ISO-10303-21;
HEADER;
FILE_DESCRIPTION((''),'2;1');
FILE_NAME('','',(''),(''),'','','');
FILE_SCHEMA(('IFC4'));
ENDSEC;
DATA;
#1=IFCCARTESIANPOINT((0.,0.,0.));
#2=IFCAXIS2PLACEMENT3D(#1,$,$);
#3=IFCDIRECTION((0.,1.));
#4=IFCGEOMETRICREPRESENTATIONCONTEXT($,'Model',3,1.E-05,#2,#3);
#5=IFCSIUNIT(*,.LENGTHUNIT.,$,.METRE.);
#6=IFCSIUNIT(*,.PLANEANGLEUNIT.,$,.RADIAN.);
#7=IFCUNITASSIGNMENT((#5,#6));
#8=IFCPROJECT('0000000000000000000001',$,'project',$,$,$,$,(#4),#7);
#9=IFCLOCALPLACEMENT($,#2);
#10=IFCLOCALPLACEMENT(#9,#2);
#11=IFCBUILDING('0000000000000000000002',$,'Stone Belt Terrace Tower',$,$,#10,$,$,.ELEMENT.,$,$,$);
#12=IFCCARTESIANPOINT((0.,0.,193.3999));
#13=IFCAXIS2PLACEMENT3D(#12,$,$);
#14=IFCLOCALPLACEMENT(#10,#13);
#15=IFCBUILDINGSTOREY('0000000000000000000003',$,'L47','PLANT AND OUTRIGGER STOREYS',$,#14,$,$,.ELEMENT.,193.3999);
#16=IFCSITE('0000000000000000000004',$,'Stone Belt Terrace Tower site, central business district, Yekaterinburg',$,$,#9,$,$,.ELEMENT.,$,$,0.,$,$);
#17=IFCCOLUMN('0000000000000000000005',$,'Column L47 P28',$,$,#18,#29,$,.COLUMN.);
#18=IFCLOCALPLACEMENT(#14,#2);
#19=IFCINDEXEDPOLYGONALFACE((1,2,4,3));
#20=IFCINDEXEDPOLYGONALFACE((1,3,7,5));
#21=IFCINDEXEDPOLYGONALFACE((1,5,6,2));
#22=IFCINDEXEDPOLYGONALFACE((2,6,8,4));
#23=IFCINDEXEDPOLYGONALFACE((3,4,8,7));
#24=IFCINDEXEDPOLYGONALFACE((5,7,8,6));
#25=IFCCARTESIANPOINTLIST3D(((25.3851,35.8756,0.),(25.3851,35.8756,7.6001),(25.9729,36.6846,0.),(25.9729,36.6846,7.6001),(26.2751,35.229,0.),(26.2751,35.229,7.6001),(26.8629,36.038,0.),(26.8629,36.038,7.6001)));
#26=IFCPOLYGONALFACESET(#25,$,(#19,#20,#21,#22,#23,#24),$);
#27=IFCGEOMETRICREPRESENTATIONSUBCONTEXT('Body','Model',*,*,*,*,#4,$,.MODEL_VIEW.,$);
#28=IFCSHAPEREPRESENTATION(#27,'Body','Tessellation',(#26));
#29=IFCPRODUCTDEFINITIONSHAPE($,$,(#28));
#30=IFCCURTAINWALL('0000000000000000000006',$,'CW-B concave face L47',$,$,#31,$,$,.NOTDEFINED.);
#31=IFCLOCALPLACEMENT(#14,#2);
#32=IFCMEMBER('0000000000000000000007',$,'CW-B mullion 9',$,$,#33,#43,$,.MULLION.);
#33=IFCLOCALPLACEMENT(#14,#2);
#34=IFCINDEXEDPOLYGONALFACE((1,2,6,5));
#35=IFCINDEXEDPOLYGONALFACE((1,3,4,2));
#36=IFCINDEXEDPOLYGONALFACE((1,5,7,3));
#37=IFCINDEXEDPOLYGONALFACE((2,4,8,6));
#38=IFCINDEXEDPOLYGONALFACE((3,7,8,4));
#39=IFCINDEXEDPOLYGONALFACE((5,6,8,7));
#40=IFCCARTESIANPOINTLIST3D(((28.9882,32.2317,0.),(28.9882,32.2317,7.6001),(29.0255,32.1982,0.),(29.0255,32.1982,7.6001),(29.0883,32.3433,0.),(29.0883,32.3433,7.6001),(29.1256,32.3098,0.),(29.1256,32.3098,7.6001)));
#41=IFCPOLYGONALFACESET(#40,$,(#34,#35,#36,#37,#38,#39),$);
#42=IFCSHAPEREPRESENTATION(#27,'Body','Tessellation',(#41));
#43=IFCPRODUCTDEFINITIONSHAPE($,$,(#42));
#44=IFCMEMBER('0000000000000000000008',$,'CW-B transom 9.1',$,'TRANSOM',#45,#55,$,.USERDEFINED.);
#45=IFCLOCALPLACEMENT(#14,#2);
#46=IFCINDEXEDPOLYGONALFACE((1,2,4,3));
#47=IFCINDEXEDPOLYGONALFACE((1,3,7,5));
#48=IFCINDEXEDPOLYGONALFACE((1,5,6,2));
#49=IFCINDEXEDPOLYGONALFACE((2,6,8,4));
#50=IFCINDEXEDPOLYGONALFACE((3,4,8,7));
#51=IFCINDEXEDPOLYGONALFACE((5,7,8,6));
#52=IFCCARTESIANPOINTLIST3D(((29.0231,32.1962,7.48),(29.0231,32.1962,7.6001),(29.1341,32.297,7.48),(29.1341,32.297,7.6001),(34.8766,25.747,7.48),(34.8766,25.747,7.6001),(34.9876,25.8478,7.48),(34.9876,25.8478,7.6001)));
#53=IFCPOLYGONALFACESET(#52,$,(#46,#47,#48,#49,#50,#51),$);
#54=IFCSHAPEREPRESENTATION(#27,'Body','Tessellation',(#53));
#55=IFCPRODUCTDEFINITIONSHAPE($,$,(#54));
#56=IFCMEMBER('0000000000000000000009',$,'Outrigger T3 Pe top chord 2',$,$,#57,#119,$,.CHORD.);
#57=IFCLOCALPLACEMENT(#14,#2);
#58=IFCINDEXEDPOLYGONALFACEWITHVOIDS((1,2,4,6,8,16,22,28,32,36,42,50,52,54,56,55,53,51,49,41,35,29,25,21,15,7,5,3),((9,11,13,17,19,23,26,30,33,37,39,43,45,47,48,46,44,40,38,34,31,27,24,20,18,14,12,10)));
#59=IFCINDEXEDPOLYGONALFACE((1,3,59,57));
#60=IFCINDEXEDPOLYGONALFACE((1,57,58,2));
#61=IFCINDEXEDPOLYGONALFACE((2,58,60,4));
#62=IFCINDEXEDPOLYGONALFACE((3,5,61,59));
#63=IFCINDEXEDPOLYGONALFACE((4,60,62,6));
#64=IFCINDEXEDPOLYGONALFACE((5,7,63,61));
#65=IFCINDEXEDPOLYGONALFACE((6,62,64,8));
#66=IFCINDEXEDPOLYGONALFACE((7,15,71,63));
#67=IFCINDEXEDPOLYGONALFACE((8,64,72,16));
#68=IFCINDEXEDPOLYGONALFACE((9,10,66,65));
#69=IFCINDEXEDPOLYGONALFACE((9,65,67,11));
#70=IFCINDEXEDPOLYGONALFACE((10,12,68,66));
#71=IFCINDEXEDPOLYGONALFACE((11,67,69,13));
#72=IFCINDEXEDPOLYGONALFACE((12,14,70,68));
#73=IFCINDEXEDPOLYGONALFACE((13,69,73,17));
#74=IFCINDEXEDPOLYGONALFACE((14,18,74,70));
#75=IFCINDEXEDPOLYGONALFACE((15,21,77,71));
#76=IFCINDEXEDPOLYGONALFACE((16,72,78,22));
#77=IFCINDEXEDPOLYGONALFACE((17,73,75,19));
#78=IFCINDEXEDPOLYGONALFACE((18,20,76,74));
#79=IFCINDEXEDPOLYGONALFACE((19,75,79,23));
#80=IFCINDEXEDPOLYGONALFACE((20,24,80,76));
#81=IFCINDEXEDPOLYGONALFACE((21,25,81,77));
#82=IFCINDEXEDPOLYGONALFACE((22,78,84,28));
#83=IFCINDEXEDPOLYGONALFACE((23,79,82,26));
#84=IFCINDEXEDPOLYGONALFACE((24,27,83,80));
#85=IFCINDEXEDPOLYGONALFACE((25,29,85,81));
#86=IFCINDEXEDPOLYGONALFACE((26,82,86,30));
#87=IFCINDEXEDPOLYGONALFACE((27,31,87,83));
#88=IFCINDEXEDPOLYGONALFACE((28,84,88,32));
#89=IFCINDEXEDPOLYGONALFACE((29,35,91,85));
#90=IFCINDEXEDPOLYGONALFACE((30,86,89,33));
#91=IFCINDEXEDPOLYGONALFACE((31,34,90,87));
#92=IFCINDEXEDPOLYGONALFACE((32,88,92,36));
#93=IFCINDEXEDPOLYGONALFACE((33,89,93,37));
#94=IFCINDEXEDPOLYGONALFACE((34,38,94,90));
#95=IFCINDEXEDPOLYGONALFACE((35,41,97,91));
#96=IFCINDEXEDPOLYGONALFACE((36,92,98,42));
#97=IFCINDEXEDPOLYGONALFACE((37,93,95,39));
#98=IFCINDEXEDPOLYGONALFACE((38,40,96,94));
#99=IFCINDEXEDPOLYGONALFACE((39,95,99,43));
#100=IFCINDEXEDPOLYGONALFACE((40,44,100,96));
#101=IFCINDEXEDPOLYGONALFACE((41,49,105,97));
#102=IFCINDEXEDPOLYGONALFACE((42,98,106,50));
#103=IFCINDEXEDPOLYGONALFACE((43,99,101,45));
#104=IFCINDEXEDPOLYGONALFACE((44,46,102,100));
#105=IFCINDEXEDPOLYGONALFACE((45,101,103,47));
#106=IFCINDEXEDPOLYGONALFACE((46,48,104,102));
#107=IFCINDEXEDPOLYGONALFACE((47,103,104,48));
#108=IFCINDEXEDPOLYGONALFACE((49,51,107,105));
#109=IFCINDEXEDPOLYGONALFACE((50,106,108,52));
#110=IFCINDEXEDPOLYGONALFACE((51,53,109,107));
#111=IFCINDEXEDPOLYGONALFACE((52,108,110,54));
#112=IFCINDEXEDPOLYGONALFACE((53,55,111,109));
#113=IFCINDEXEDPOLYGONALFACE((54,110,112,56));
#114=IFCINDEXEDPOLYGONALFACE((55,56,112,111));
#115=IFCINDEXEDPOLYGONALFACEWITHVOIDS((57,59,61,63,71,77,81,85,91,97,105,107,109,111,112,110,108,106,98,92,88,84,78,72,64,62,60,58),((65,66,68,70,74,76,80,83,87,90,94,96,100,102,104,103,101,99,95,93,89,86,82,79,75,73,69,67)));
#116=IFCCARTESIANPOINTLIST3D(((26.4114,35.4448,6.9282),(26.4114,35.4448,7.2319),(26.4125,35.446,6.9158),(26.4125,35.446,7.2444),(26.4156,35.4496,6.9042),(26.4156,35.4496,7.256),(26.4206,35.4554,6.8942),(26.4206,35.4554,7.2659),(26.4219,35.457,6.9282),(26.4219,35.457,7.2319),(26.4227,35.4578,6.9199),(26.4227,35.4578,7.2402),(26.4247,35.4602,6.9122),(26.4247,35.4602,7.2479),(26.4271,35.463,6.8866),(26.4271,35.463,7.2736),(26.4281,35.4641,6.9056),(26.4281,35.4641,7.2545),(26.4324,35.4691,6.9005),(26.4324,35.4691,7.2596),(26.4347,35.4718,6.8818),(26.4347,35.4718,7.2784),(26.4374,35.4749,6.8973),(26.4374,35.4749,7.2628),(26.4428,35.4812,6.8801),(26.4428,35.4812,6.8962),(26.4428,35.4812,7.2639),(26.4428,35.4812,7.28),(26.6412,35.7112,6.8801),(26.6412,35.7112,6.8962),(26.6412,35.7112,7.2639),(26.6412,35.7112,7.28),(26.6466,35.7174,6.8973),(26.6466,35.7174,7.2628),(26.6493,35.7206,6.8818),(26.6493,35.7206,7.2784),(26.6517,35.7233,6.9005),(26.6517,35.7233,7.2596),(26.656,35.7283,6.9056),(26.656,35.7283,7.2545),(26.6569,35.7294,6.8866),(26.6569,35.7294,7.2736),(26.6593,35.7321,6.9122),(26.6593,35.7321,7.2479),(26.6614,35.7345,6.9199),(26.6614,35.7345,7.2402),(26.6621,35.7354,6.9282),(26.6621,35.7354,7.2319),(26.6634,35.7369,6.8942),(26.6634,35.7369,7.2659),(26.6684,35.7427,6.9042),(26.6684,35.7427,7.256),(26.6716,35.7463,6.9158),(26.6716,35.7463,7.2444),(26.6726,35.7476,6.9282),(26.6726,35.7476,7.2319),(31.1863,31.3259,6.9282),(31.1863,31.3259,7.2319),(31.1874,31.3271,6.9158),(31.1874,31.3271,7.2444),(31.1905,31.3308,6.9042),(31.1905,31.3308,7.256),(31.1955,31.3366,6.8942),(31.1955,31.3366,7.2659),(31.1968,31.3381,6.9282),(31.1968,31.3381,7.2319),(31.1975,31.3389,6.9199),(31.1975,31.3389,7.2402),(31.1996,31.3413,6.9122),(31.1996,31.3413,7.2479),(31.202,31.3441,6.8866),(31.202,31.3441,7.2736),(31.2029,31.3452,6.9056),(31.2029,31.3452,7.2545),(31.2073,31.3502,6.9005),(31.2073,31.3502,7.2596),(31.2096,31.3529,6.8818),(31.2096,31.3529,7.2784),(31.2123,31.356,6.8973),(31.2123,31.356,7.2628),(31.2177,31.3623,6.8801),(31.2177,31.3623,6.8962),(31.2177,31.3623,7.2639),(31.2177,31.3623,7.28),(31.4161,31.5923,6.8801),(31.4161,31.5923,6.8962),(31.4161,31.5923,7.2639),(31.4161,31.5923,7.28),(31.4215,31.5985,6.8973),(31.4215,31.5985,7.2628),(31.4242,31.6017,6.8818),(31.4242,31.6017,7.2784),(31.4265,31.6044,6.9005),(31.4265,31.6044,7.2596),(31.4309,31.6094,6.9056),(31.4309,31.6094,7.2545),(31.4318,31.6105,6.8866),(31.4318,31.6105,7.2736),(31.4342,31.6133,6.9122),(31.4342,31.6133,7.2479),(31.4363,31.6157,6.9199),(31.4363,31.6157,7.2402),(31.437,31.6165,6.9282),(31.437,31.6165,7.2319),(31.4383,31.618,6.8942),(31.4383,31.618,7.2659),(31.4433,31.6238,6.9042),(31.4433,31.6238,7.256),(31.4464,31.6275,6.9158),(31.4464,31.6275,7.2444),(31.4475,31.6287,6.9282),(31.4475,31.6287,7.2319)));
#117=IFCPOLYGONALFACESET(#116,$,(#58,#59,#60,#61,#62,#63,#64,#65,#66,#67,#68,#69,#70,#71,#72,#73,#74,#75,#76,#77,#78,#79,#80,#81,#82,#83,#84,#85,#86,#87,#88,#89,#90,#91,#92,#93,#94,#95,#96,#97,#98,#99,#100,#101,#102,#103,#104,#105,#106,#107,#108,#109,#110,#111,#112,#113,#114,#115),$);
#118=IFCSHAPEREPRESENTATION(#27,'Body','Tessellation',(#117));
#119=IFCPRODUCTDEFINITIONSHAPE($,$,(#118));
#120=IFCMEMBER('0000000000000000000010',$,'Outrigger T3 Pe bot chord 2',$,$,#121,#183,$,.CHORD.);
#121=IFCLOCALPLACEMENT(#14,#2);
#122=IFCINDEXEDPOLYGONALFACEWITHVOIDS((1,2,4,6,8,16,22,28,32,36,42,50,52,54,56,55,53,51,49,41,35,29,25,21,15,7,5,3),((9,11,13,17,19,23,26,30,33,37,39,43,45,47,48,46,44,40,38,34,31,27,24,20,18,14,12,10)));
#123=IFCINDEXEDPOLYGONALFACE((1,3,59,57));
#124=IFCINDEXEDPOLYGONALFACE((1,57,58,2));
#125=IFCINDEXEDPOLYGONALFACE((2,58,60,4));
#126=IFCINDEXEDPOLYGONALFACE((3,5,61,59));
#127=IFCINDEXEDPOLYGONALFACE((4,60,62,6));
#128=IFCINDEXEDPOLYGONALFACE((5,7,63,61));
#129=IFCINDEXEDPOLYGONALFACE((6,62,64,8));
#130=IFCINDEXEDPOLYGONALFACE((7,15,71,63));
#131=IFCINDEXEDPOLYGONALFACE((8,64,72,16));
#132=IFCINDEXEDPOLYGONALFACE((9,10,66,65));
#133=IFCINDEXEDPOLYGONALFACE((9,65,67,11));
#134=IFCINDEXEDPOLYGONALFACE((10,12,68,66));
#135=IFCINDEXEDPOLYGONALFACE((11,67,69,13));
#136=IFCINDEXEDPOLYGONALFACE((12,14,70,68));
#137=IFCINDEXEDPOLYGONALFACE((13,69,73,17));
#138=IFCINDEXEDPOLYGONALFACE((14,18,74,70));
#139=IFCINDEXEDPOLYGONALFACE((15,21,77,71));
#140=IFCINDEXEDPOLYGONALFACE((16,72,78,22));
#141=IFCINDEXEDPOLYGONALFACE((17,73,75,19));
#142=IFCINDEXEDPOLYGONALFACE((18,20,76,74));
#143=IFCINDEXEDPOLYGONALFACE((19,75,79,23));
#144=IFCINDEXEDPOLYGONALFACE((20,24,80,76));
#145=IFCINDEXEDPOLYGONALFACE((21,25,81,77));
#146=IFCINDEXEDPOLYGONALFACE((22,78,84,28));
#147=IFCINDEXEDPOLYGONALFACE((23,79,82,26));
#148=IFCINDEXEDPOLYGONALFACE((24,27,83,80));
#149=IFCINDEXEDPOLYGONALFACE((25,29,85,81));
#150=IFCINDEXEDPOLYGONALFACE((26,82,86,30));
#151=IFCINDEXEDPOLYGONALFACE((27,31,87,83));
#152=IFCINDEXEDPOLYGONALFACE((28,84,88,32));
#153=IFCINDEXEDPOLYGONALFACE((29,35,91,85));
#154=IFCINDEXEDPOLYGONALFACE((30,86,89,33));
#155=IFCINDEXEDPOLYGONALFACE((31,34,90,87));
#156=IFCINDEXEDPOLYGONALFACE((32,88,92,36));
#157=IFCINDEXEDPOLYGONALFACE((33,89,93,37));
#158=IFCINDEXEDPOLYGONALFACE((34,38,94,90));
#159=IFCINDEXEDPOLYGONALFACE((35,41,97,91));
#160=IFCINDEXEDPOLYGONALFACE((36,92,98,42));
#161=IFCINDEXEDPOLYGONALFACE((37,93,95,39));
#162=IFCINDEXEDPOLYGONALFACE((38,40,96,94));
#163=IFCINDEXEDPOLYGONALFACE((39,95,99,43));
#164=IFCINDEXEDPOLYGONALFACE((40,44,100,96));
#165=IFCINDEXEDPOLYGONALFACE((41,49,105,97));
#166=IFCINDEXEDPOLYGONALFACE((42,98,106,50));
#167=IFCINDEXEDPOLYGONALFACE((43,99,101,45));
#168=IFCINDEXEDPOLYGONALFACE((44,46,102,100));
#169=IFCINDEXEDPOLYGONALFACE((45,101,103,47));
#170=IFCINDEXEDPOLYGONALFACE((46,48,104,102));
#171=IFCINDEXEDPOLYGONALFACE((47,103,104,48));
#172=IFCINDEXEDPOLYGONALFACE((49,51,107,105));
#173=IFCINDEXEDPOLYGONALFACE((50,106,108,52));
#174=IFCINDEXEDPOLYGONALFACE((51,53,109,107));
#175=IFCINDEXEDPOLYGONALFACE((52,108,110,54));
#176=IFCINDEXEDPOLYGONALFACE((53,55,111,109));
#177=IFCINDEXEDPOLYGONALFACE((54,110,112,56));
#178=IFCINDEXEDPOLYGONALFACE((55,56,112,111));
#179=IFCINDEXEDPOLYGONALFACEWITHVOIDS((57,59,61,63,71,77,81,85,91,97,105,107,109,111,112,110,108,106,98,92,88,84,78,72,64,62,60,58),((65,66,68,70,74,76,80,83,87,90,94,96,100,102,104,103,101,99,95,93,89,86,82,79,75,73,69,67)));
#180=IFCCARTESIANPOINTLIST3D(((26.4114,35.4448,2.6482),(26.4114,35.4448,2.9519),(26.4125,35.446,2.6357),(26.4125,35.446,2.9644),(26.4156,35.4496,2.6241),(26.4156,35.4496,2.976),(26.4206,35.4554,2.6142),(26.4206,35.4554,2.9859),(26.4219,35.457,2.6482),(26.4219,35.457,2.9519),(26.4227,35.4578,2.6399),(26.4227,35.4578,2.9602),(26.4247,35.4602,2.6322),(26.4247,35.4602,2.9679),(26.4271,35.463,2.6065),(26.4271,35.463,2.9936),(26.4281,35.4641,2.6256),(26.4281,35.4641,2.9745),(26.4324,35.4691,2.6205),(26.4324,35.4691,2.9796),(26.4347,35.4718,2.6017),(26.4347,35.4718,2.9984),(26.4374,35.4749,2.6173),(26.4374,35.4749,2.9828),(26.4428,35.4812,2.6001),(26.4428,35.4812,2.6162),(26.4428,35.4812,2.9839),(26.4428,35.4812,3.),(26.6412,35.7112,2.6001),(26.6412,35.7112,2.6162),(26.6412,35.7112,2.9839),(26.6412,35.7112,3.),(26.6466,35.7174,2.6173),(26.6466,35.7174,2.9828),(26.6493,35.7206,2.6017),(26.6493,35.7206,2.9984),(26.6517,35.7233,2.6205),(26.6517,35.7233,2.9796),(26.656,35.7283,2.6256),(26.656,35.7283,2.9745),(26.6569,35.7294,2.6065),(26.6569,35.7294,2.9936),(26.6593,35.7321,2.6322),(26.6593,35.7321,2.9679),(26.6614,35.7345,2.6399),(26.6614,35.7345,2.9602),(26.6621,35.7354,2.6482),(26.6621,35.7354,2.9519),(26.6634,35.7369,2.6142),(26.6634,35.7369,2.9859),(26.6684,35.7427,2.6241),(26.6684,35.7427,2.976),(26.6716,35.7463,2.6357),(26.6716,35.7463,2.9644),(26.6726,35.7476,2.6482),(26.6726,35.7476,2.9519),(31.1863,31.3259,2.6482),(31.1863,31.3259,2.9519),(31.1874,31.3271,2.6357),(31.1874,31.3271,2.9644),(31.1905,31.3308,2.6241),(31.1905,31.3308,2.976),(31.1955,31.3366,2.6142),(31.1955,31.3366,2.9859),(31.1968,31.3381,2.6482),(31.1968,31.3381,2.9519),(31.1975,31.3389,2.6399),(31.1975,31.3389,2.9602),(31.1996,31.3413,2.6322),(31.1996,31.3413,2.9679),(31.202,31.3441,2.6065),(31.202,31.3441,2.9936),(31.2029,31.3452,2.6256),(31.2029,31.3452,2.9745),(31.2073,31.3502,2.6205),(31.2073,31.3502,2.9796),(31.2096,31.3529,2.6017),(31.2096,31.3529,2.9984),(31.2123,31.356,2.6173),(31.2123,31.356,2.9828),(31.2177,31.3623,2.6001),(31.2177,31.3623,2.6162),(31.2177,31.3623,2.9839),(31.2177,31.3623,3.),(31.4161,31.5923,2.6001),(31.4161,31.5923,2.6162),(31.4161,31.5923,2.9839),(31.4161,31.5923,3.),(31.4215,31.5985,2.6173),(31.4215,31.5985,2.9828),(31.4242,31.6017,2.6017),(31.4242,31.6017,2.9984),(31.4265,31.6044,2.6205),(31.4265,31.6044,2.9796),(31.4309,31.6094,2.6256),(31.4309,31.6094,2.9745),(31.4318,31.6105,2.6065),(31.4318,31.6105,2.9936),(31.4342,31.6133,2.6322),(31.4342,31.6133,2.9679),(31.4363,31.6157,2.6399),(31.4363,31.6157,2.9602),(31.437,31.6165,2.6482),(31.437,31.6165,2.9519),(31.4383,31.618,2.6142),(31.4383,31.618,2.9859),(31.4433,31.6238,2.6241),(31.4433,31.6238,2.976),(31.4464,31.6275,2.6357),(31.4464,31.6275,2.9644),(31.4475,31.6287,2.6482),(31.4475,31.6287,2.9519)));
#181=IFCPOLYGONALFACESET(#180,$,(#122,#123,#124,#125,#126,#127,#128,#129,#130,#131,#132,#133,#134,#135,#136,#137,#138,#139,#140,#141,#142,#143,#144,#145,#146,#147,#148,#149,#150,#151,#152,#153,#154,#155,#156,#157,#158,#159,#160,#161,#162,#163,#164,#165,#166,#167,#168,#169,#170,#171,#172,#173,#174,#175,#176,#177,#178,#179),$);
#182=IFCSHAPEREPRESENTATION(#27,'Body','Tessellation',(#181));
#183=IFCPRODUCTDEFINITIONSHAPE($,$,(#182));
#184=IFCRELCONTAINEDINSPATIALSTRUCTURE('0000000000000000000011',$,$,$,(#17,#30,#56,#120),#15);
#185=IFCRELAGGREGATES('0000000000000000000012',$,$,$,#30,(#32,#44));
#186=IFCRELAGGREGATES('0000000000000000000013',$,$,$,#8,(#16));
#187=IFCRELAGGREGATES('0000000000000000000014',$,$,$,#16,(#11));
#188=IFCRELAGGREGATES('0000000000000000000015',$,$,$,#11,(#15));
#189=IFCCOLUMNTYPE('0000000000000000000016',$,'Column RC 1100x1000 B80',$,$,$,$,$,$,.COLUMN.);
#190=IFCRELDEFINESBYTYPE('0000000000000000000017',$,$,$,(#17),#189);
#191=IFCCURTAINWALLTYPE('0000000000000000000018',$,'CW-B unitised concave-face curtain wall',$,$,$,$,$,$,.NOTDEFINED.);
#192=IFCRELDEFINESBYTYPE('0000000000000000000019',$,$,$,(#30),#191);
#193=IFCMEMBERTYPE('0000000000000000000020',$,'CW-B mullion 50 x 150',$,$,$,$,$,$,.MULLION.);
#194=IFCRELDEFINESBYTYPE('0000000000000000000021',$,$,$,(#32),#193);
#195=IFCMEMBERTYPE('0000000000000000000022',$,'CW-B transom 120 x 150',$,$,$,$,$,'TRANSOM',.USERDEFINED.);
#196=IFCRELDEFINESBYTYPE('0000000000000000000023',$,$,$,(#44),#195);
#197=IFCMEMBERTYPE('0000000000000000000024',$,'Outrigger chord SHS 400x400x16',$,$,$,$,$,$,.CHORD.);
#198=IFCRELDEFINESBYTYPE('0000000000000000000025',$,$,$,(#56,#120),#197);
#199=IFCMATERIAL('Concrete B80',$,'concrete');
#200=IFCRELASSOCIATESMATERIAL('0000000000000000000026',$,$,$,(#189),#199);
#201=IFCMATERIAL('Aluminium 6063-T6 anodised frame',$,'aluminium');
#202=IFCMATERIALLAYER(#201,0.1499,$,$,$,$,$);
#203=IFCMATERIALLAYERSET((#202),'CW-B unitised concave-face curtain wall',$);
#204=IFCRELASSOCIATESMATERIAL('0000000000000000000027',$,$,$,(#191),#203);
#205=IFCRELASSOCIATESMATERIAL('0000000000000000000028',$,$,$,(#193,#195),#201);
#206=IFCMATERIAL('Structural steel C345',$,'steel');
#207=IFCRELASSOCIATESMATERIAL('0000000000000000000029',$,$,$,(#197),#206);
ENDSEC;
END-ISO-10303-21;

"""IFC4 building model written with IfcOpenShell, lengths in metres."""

from ifc_helpers import new_model, si_unit, direction, frame, origin, origin_2d, place, context, subcontext, project, spatial, rectangle, hollow_rectangle, extrude, material, layer, layer_set, material_profile, profile_set, type_object, element, aggregate, save


model = new_model("IFC4")

# Units and contexts
model_context = context("Model", 3, precision=1e-05, world=origin(), true_north=direction((0.0, 1.0)))
body_context = subcontext(model_context, "Body", "Model", "MODEL_VIEW")
ifc_project = project(units=[si_unit("LENGTHUNIT", "METRE"), si_unit("PLANEANGLEUNIT", "RADIAN")], contexts=[model_context])

# Site, building, storey
site_placement = place(None, origin())
site = spatial("IfcSite", under=ifc_project, at=site_placement, Name="Stone Belt Terrace Tower site, central business district, Yekaterinburg", CompositionType="ELEMENT", RefElevation=0.0)
building_placement = place(site_placement, origin())
building = spatial("IfcBuilding", under=site, at=building_placement, Name="Stone Belt Terrace Tower", CompositionType="ELEMENT")
storey_placement = place(building_placement, frame((0.0, 0.0, 193.3999)))
storey = spatial("IfcBuildingStorey", under=building, at=storey_placement, Name="L47", Description="PLANT AND OUTRIGGER STOREYS", CompositionType="ELEMENT", Elevation=193.3999)

# Column
ifc_material_1 = material(Name="Concrete B80", Category="concrete")
ifc_material_profile_1 = material_profile(ifc_material_1, rectangle(XDim=1.1001, YDim=1.0, at=origin_2d()), Name="RC 1100x1000")
ifc_profile_set_1 = profile_set([ifc_material_profile_1], Name="Concrete B80")
column_type = type_object("IfcColumnType", Name="Column RC 1100x1000 B80", PredefinedType="COLUMN", material=ifc_profile_set_1)
column_placement = place(storey_placement, frame((26.124, 35.9568, 0.0), z_axis=(0.0, 0.0, 1.0), x_axis=(0.809017, -0.587785, 0.0)))
element("IfcColumn", 1, at=column_placement, inside=storey, type_object=column_type, Name="Column L47 P28", PredefinedType="COLUMN", context=body_context, shape_type="SweptSolid", body=[
    extrude(rectangle(XDim=1.1001, YDim=1.0, at=origin_2d()), origin(), (0.0, 0.0, 1.0), 7.6001),
])

# Curtain wall, members
ifc_material_2 = material(Name="Aluminium 6063-T6 anodised frame", Category="aluminium")
ifc_layer_1 = layer(ifc_material_2, 0.1499)
ifc_layer_set_1 = layer_set([ifc_layer_1], Name="CW-B unitised concave-face curtain wall")
curtain_wall_type = type_object("IfcCurtainWallType", Name="CW-B unitised concave-face curtain wall", PredefinedType="NOTDEFINED", material=ifc_layer_set_1)
curtain_wall_placement = place(storey_placement, origin())
curtain_wall = element("IfcCurtainWall", 2, at=curtain_wall_placement, inside=storey, type_object=curtain_wall_type, Name="CW-B concave face L47", PredefinedType="NOTDEFINED")
ifc_material_profile_2 = material_profile(ifc_material_2, rectangle(XDim=0.1499, YDim=0.05, at=origin_2d()), Name="Aluminium 6063-T6 50x150")
ifc_profile_set_2 = profile_set([ifc_material_profile_2], Name="Aluminium 6063-T6 anodised frame")
member_type_1 = type_object("IfcMemberType", Name="CW-B mullion 50 x 150", PredefinedType="MULLION", material=ifc_profile_set_2)
member_1_placement = place(storey_placement, frame((29.0569, 32.2708, 0.0), z_axis=(0.0, 0.0, 1.0), x_axis=(0.667656, 0.74447, 0.0)))
member_1 = element("IfcMember", 3, at=member_1_placement, type_object=member_type_1, Name="CW-B mullion 9", PredefinedType="MULLION", context=body_context, shape_type="SweptSolid", body=[
    extrude(rectangle(XDim=0.1499, YDim=0.05, at=origin_2d()), origin(), (0.0, 0.0, 1.0), 7.6001),
])
ifc_material_profile_3 = material_profile(ifc_material_2, rectangle(XDim=0.1499, YDim=0.1201, at=origin_2d()), Name="Aluminium 6063-T6 150x120")
ifc_profile_set_3 = profile_set([ifc_material_profile_3], Name="Aluminium 6063-T6 anodised frame")
member_type_2 = type_object("IfcMemberType", Name="CW-B transom 120 x 150", ElementType="TRANSOM", PredefinedType="USERDEFINED", material=ifc_profile_set_3)
member_2_placement = place(storey_placement, frame((29.0786, 32.2466, 7.54), z_axis=(0.672081, -0.740478, 0.0), x_axis=(0.740478, 0.672081, 0.0)))
member_2 = element("IfcMember", 4, at=member_2_placement, type_object=member_type_2, Name="CW-B transom 9.1", ObjectType="TRANSOM", PredefinedType="USERDEFINED", context=body_context, shape_type="SweptSolid", body=[
    extrude(rectangle(XDim=0.1499, YDim=0.1201, at=origin_2d()), origin(), (0.0, 0.0, 1.0), 8.7095),
])

# Members
ifc_material_3 = material(Name="Structural steel C345", Category="steel")
ifc_material_profile_4 = material_profile(ifc_material_3, hollow_rectangle(XDim=0.3999, YDim=0.3999, WallThickness=0.0161, InnerFilletRadius=0.032, OuterFilletRadius=0.0481, at=origin_2d()), Name="SHS 400x400x16")
ifc_profile_set_4 = profile_set([ifc_material_profile_4], Name="Structural steel C345")
member_type_3 = type_object("IfcMemberType", Name="Outrigger chord SHS 400x400x16", PredefinedType="CHORD", material=ifc_profile_set_4)
for number, where, z_axis, x_axis, name in (
    (5, (31.3169, 31.4773, 7.0801), (-0.757206, 0.653176, 0.0), (-0.653176, -0.757206, 0.0), "Outrigger T3 Pe top chord 2"),
    (6, (31.3169, 31.4773, 2.8), (-0.757206, 0.653176, 0.0), (-0.653176, -0.757206, 0.0), "Outrigger T3 Pe bot chord 2"),
):
    element("IfcMember", number, at=place(storey_placement, frame(where, z_axis=z_axis, x_axis=x_axis)), inside=storey, type_object=member_type_3, Name=name, PredefinedType="CHORD", context=body_context, shape_type="SweptSolid", body=[
        extrude(hollow_rectangle(XDim=0.3999, YDim=0.3999, WallThickness=0.0161, InnerFilletRadius=0.032, OuterFilletRadius=0.0481, at=origin_2d()), origin(), (0.0, 0.0, 1.0), 6.3059),
    ])

aggregate(curtain_wall, [member_1, member_2])

save(model, "model.ifc")
